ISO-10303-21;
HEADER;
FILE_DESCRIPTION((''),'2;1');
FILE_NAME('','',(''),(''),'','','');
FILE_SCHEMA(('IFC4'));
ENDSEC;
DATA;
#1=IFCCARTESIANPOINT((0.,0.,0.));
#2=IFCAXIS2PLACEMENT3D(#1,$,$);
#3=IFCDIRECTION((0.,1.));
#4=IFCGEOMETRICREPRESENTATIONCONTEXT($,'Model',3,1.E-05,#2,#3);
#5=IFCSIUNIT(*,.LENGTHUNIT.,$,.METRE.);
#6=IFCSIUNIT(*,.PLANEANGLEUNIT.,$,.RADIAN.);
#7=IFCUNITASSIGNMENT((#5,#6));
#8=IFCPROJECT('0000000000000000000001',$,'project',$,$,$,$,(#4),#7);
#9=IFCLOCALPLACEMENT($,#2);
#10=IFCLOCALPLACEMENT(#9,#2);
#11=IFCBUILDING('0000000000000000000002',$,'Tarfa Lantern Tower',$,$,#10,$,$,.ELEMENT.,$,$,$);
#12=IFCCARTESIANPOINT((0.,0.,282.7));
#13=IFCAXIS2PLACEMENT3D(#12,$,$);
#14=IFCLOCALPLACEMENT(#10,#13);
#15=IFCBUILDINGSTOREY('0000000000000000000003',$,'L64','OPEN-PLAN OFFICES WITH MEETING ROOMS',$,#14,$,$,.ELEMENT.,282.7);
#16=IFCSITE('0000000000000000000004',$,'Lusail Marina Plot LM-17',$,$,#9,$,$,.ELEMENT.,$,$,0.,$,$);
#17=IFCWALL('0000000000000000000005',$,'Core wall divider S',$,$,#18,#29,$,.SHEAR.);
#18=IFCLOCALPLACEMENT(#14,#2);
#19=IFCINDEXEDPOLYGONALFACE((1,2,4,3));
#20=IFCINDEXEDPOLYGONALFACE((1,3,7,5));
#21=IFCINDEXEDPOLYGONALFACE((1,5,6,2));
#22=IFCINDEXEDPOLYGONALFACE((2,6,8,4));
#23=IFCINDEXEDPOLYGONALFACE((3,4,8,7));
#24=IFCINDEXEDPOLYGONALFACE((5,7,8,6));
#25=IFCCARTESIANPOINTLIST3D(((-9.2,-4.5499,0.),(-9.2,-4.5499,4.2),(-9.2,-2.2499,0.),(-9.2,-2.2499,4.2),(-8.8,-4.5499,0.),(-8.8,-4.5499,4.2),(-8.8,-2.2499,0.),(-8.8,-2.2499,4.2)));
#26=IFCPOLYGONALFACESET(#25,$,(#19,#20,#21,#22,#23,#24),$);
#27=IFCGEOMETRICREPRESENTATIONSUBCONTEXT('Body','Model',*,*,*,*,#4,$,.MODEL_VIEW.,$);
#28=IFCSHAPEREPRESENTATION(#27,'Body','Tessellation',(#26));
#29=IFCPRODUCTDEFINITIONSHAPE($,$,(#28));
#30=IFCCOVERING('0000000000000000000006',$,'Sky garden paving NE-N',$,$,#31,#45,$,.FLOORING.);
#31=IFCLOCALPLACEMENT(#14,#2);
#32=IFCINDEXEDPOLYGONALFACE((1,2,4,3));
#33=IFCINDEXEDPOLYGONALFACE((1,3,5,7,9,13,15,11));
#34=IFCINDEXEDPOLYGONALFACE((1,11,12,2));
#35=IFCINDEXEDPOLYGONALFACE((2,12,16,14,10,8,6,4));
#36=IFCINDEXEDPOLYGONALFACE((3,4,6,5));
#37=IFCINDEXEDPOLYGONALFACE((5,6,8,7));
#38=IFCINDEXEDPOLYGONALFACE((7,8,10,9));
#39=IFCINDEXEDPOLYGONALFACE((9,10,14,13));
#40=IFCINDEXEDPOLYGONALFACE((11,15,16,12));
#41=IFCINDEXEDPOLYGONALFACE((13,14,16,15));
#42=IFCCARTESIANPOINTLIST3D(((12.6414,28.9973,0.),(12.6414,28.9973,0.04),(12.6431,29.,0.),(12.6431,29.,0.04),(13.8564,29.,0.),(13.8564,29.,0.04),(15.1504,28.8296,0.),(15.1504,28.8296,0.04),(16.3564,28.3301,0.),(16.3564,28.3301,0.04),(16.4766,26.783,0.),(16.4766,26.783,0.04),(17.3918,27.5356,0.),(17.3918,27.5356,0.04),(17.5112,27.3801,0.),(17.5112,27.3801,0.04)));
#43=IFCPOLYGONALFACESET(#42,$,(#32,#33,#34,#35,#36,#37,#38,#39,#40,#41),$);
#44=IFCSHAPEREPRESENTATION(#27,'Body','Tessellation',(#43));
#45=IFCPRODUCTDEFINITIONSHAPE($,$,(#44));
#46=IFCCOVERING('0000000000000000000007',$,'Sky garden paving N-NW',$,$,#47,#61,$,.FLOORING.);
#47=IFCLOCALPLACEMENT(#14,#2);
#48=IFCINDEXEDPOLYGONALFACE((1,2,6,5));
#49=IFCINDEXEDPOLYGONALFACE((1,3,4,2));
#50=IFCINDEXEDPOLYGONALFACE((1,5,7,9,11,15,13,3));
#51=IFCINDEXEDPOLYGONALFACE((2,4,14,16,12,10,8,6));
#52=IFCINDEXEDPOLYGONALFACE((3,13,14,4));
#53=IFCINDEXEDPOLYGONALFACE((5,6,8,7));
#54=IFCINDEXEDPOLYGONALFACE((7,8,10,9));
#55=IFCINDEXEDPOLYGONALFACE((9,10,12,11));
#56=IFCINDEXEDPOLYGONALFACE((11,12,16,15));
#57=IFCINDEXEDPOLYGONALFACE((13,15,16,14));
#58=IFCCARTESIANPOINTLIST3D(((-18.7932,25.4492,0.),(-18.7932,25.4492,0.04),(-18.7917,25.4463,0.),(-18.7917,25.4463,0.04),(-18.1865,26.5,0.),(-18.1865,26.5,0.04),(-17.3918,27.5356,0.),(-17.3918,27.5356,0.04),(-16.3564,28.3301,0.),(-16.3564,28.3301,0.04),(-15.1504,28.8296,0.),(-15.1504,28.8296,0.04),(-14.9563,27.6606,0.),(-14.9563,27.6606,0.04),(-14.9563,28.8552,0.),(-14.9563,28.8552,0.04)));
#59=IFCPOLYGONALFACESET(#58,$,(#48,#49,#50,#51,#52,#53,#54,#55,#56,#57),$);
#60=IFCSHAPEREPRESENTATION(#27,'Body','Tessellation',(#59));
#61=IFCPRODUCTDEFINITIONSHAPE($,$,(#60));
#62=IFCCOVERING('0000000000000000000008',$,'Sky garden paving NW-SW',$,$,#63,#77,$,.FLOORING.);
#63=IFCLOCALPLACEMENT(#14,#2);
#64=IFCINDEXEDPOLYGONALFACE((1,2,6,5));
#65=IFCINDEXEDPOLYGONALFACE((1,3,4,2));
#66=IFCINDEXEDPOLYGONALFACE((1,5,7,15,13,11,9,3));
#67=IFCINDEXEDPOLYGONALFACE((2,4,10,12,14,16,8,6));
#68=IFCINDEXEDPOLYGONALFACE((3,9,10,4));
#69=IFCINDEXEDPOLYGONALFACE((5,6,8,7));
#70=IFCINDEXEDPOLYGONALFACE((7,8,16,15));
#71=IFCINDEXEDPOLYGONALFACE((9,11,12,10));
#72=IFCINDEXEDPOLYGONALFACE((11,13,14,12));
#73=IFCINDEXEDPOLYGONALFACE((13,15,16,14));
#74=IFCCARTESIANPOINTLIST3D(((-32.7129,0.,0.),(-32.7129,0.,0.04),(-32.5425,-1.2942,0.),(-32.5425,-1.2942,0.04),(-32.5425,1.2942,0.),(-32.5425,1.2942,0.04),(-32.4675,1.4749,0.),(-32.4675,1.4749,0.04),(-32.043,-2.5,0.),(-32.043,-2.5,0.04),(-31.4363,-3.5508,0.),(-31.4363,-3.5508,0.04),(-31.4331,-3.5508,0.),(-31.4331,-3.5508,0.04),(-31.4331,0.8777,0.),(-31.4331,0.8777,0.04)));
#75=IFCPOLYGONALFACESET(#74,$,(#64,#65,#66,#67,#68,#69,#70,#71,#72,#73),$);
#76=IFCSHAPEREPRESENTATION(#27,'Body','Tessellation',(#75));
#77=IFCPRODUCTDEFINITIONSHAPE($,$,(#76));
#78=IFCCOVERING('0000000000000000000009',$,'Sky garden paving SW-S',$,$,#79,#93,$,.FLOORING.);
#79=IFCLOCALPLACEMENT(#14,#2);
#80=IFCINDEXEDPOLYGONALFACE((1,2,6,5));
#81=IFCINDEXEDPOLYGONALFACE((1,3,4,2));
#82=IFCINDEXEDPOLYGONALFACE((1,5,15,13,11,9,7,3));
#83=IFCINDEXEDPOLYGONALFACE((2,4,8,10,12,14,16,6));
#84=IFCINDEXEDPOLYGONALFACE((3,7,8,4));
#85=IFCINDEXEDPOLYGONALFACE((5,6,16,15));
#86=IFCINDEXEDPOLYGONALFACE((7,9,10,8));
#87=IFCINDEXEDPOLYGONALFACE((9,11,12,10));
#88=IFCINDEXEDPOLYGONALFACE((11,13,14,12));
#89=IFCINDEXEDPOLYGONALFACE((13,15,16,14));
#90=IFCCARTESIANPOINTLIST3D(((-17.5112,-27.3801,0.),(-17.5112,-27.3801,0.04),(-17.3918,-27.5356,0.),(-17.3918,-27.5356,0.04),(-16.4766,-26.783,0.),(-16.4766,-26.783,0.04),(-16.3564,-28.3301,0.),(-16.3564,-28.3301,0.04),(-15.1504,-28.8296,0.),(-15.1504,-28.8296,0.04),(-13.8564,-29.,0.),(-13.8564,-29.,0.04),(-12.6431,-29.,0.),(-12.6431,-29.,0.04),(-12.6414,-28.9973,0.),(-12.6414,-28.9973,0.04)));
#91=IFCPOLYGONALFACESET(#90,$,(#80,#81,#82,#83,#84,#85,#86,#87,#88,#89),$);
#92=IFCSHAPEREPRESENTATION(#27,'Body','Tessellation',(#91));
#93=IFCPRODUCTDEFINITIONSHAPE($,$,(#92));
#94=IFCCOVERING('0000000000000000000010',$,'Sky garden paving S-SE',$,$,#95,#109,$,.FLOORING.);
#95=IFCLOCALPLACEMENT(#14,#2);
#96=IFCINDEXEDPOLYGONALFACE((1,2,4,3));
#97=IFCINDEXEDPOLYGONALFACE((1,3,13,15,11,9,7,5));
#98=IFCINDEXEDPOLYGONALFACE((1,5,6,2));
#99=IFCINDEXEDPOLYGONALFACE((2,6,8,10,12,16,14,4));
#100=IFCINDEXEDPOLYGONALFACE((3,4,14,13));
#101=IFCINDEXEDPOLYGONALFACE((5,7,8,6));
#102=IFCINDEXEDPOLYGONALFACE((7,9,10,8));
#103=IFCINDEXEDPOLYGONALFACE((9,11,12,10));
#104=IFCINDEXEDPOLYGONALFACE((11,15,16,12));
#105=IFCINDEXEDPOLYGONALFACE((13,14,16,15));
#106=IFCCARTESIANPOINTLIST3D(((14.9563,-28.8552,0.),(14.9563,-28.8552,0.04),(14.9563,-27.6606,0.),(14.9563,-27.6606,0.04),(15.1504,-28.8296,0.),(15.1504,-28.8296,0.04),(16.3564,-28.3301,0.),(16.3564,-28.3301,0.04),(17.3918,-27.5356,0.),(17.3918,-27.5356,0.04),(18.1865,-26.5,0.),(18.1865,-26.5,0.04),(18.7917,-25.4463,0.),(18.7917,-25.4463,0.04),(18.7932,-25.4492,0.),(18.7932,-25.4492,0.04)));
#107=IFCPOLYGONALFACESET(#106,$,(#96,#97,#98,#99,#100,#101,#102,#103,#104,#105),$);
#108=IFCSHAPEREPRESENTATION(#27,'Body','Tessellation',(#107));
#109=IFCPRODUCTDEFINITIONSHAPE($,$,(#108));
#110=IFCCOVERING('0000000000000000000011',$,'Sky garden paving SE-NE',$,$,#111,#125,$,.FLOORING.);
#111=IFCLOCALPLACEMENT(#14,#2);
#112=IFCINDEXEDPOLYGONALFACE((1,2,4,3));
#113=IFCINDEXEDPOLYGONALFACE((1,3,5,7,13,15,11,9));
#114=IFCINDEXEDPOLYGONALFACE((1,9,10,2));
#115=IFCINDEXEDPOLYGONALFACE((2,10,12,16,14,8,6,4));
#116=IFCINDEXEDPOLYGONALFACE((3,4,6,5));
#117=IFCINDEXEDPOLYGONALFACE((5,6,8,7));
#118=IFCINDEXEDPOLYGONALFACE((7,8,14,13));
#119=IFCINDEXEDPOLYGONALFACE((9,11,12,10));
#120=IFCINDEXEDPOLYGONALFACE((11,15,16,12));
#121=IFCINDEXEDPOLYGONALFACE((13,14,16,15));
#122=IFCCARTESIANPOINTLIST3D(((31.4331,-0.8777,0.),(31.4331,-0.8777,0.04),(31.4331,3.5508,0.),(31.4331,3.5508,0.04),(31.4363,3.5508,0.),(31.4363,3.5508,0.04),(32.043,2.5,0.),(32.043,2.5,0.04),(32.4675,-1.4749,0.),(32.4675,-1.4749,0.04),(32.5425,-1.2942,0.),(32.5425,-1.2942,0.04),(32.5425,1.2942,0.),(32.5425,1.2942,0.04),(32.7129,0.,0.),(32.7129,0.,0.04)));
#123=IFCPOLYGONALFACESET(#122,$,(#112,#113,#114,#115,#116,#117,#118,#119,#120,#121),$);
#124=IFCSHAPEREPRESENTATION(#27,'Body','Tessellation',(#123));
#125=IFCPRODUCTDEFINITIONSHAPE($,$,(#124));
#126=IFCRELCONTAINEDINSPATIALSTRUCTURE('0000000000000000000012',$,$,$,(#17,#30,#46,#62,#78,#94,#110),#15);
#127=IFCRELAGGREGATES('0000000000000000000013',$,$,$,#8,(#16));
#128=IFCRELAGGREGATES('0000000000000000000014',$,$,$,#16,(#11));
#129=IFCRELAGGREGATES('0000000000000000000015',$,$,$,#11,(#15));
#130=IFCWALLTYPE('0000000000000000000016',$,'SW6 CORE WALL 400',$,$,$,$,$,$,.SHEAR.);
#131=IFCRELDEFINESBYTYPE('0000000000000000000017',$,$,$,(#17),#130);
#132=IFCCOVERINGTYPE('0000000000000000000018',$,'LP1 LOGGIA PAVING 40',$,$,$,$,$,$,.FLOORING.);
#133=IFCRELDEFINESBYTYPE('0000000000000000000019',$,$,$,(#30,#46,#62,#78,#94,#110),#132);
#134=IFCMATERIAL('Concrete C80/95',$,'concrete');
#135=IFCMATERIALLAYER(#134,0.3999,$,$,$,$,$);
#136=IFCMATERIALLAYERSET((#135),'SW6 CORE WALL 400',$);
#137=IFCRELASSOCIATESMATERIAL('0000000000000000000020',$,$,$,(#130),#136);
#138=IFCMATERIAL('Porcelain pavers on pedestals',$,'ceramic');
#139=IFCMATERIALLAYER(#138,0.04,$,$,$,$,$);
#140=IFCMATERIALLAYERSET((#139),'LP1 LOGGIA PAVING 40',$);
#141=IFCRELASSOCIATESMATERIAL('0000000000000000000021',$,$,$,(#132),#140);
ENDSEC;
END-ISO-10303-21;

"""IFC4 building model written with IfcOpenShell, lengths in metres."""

from ifc_helpers import new_model, si_unit, direction, frame, frame_2d, origin, place, context, subcontext, project, spatial, polyline, rectangle, outline, extrude, material, layer, layer_set, type_object, element, save


model = new_model("IFC4")

# Units and contexts
model_context = context("Model", 3, precision=1e-05, world=origin(), true_north=direction((0.0, 1.0)))
body_context = subcontext(model_context, "Body", "Model", "MODEL_VIEW")
ifc_project = project(units=[si_unit("LENGTHUNIT", "METRE"), si_unit("PLANEANGLEUNIT", "RADIAN")], contexts=[model_context])

# Site, building, storey
site_placement = place(None, origin())
site = spatial("IfcSite", under=ifc_project, at=site_placement, Name="Lusail Marina Plot LM-17", CompositionType="ELEMENT", RefElevation=0.0)
building_placement = place(site_placement, origin())
building = spatial("IfcBuilding", under=site, at=building_placement, Name="Tarfa Lantern Tower", CompositionType="ELEMENT")
storey_placement = place(building_placement, frame((0.0, 0.0, 282.7)))
storey = spatial("IfcBuildingStorey", under=building, at=storey_placement, Name="L64", Description="OPEN-PLAN OFFICES WITH MEETING ROOMS", CompositionType="ELEMENT", Elevation=282.7)

# Shared definitions
ifc_material_1 = material(Name="Concrete C80/95", Category="concrete")

# Wall
ifc_layer_1 = layer(ifc_material_1, 0.3999)
ifc_layer_set_1 = layer_set([ifc_layer_1], Name="SW6 CORE WALL 400")
wall_type_1 = type_object("IfcWallType", Name="SW6 CORE WALL 400", PredefinedType="SHEAR", material=ifc_layer_set_1)
wall_1_placement = place(storey_placement, frame((-9.0, -2.25, 0.0), z_axis=(0.0, 0.0, 1.0), x_axis=(0.0, -1.0, 0.0)))
element("IfcWall", 1, at=wall_1_placement, inside=storey, type_object=wall_type_1, Name="Core wall divider S", PredefinedType="SHEAR", context=body_context, shape_type="SweptSolid", body=[
    extrude(rectangle(XDim=2.3, YDim=0.3999, at=frame_2d((1.1499, 0.0))), origin(), (0.0, 0.0, 1.0), 4.2),
])

# Coverings
ifc_material_2 = material(Name="Porcelain pavers on pedestals", Category="ceramic")
ifc_layer_2 = layer(ifc_material_2, 0.04)
ifc_layer_set_2 = layer_set([ifc_layer_2], Name="LP1 LOGGIA PAVING 40")
covering_type = type_object("IfcCoveringType", Name="LP1 LOGGIA PAVING 40", PredefinedType="FLOORING", material=ifc_layer_set_2)
covering_1_placement = place(storey_placement, origin())
element("IfcCovering", 2, at=covering_1_placement, inside=storey, type_object=covering_type, Name="Sky garden paving NE-N", PredefinedType="FLOORING", context=body_context, shape_type="SweptSolid", body=[
    extrude(outline(polyline([(15.1504, 28.8296), (16.3564, 28.3301), (17.3918, 27.5356), (17.5112, 27.3801), (16.4766, 26.783), (12.6414, 28.9973), (12.6431, 29.0), (13.8564, 29.0), (15.1504, 28.8296)])), origin(), (0.0, 0.0, 1.0), 0.04),
])
covering_2_placement = place(storey_placement, origin())
element("IfcCovering", 3, at=covering_2_placement, inside=storey, type_object=covering_type, Name="Sky garden paving N-NW", PredefinedType="FLOORING", context=body_context, shape_type="SweptSolid", body=[
    extrude(outline(polyline([(-17.3918, 27.5356), (-16.3564, 28.3301), (-15.1504, 28.8296), (-14.9563, 28.8552), (-14.9563, 27.6606), (-18.7917, 25.4463), (-18.7932, 25.4492), (-18.1865, 26.5), (-17.3918, 27.5356)])), origin(), (0.0, 0.0, 1.0), 0.04),
])
covering_3_placement = place(storey_placement, origin())
element("IfcCovering", 4, at=covering_3_placement, inside=storey, type_object=covering_type, Name="Sky garden paving NW-SW", PredefinedType="FLOORING", context=body_context, shape_type="SweptSolid", body=[
    extrude(outline(polyline([(-32.5425, -1.2942), (-32.7129, 0.0), (-32.5425, 1.2942), (-32.4675, 1.4749), (-31.4331, 0.8777), (-31.4331, -3.5508), (-31.4363, -3.5508), (-32.043, -2.5), (-32.5425, -1.2942)])), origin(), (0.0, 0.0, 1.0), 0.04),
])
covering_4_placement = place(storey_placement, origin())
element("IfcCovering", 5, at=covering_4_placement, inside=storey, type_object=covering_type, Name="Sky garden paving SW-S", PredefinedType="FLOORING", context=body_context, shape_type="SweptSolid", body=[
    extrude(outline(polyline([(-15.1504, -28.8296), (-16.3564, -28.3301), (-17.3918, -27.5356), (-17.5112, -27.3801), (-16.4766, -26.783), (-12.6414, -28.9973), (-12.6431, -29.0), (-13.8564, -29.0), (-15.1504, -28.8296)])), origin(), (0.0, 0.0, 1.0), 0.04),
])
covering_5_placement = place(storey_placement, origin())
element("IfcCovering", 6, at=covering_5_placement, inside=storey, type_object=covering_type, Name="Sky garden paving S-SE", PredefinedType="FLOORING", context=body_context, shape_type="SweptSolid", body=[
    extrude(outline(polyline([(17.3918, -27.5356), (16.3564, -28.3301), (15.1504, -28.8296), (14.9563, -28.8552), (14.9563, -27.6606), (18.7917, -25.4463), (18.7932, -25.4492), (18.1865, -26.5), (17.3918, -27.5356)])), origin(), (0.0, 0.0, 1.0), 0.04),
])
covering_6_placement = place(storey_placement, origin())
element("IfcCovering", 7, at=covering_6_placement, inside=storey, type_object=covering_type, Name="Sky garden paving SE-NE", PredefinedType="FLOORING", context=body_context, shape_type="SweptSolid", body=[
    extrude(outline(polyline([(32.5425, 1.2942), (32.7129, 0.0), (32.5425, -1.2942), (32.4675, -1.4749), (31.4331, -0.8777), (31.4331, 3.5508), (31.4363, 3.5508), (32.043, 2.5), (32.5425, 1.2942)])), origin(), (0.0, 0.0, 1.0), 0.04),
])

save(model, "model.ifc")
